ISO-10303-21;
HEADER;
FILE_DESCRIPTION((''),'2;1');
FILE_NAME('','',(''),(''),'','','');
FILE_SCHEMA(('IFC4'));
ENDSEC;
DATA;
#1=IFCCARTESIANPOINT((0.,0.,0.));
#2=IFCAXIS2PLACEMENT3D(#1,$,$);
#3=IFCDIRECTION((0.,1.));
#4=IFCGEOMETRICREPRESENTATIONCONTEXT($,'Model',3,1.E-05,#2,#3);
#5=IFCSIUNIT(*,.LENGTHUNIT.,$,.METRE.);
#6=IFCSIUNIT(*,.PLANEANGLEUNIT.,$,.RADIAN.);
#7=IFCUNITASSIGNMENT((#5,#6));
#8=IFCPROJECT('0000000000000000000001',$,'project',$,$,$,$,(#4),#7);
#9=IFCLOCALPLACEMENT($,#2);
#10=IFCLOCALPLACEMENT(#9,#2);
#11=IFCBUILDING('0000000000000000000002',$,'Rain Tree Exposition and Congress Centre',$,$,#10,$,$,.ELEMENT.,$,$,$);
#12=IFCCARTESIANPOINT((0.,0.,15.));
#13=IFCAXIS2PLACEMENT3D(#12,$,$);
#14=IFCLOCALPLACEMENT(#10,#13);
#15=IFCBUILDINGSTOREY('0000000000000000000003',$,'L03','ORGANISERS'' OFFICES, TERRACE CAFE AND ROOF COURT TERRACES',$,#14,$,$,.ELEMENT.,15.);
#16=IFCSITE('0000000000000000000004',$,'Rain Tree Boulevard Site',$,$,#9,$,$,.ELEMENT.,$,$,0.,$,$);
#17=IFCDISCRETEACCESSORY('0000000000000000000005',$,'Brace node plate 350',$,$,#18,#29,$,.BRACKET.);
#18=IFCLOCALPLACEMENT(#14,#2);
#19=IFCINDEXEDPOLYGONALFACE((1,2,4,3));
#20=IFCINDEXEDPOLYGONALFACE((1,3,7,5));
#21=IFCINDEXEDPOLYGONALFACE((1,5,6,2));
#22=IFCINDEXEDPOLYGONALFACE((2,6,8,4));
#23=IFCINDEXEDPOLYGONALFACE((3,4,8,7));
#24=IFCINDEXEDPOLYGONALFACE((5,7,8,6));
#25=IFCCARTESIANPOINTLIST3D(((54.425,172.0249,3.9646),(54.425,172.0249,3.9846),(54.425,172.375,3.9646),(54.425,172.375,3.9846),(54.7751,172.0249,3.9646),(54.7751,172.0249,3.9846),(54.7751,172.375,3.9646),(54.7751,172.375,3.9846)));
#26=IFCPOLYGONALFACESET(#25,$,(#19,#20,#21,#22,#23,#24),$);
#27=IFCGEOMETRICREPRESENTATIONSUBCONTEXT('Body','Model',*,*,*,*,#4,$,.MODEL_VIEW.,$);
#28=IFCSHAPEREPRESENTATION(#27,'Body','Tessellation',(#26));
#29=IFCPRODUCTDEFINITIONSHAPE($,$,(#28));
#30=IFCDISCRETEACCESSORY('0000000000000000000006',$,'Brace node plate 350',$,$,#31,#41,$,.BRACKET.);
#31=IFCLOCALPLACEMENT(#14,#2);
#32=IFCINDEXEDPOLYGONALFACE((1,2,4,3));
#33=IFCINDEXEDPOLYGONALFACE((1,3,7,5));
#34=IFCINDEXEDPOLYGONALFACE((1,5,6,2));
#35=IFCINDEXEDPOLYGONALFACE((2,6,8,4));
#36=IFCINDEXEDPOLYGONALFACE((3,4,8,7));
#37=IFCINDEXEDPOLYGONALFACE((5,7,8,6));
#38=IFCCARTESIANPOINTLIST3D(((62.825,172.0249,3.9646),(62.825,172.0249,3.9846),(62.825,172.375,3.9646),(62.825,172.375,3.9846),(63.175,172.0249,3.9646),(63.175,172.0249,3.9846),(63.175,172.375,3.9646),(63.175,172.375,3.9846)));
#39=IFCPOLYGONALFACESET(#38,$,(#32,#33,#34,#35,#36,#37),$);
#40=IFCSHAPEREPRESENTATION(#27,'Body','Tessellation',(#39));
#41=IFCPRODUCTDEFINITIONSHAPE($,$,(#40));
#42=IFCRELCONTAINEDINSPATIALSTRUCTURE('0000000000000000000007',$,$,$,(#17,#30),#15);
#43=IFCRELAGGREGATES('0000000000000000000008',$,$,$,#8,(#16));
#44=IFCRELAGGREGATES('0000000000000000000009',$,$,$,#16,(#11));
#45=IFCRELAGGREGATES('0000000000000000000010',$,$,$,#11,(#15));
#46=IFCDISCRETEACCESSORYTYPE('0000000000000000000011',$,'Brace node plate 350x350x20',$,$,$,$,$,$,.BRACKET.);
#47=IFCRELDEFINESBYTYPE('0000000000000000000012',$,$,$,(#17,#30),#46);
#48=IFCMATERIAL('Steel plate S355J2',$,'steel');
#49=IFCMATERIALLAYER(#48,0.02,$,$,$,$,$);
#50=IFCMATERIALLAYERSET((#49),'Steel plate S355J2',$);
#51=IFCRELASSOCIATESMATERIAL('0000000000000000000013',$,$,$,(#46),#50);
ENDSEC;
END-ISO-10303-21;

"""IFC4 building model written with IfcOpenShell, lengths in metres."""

from ifc_helpers import new_model, si_unit, direction, frame, origin, origin_2d, place, context, subcontext, project, spatial, rectangle, extrude, material, layer, layer_set, type_object, element, save


model = new_model("IFC4")

# Units and contexts
model_context = context("Model", 3, precision=1e-05, world=origin(), true_north=direction((0.0, 1.0)))
body_context = subcontext(model_context, "Body", "Model", "MODEL_VIEW")
ifc_project = project(units=[si_unit("LENGTHUNIT", "METRE"), si_unit("PLANEANGLEUNIT", "RADIAN")], contexts=[model_context])

# Site, building, storey
site_placement = place(None, origin())
site = spatial("IfcSite", under=ifc_project, at=site_placement, Name="Rain Tree Boulevard Site", CompositionType="ELEMENT", RefElevation=0.0)
building_placement = place(site_placement, origin())
building = spatial("IfcBuilding", under=site, at=building_placement, Name="Rain Tree Exposition and Congress Centre", CompositionType="ELEMENT")
storey_placement = place(building_placement, frame((0.0, 0.0, 15.0)))
storey = spatial("IfcBuildingStorey", under=building, at=storey_placement, Name="L03", Description="ORGANISERS' OFFICES, TERRACE CAFE AND ROOF COURT TERRACES", CompositionType="ELEMENT", Elevation=15.0)

# Discrete accessories
ifc_material_1 = material(Name="Steel plate S355J2", Category="steel")
ifc_layer = layer(ifc_material_1, 0.02)
ifc_layer_set = layer_set([ifc_layer], Name="Steel plate S355J2")
discrete_accessory_type = type_object("IfcDiscreteAccessoryType", Name="Brace node plate 350x350x20", PredefinedType="BRACKET", material=ifc_layer_set)
for number, where, z_axis, x_axis, name in (
    (1, (54.6001, 172.2, 3.9646), (0.0, 0.0, 1.0), (1.0, 0.0, 0.0), "Brace node plate 350"),
    (2, (63.0, 172.2, 3.9646), (0.0, 0.0, 1.0), (1.0, 0.0, 0.0), "Brace node plate 350"),
):
    element("IfcDiscreteAccessory", number, at=place(storey_placement, frame(where, z_axis=z_axis, x_axis=x_axis)), inside=storey, type_object=discrete_accessory_type, Name=name, PredefinedType="BRACKET", context=body_context, shape_type="SweptSolid", body=[
        extrude(rectangle(XDim=0.3501, YDim=0.3501, at=origin_2d()), origin(), (0.0, 0.0, 1.0), 0.02),
    ])

save(model, "model.ifc")
